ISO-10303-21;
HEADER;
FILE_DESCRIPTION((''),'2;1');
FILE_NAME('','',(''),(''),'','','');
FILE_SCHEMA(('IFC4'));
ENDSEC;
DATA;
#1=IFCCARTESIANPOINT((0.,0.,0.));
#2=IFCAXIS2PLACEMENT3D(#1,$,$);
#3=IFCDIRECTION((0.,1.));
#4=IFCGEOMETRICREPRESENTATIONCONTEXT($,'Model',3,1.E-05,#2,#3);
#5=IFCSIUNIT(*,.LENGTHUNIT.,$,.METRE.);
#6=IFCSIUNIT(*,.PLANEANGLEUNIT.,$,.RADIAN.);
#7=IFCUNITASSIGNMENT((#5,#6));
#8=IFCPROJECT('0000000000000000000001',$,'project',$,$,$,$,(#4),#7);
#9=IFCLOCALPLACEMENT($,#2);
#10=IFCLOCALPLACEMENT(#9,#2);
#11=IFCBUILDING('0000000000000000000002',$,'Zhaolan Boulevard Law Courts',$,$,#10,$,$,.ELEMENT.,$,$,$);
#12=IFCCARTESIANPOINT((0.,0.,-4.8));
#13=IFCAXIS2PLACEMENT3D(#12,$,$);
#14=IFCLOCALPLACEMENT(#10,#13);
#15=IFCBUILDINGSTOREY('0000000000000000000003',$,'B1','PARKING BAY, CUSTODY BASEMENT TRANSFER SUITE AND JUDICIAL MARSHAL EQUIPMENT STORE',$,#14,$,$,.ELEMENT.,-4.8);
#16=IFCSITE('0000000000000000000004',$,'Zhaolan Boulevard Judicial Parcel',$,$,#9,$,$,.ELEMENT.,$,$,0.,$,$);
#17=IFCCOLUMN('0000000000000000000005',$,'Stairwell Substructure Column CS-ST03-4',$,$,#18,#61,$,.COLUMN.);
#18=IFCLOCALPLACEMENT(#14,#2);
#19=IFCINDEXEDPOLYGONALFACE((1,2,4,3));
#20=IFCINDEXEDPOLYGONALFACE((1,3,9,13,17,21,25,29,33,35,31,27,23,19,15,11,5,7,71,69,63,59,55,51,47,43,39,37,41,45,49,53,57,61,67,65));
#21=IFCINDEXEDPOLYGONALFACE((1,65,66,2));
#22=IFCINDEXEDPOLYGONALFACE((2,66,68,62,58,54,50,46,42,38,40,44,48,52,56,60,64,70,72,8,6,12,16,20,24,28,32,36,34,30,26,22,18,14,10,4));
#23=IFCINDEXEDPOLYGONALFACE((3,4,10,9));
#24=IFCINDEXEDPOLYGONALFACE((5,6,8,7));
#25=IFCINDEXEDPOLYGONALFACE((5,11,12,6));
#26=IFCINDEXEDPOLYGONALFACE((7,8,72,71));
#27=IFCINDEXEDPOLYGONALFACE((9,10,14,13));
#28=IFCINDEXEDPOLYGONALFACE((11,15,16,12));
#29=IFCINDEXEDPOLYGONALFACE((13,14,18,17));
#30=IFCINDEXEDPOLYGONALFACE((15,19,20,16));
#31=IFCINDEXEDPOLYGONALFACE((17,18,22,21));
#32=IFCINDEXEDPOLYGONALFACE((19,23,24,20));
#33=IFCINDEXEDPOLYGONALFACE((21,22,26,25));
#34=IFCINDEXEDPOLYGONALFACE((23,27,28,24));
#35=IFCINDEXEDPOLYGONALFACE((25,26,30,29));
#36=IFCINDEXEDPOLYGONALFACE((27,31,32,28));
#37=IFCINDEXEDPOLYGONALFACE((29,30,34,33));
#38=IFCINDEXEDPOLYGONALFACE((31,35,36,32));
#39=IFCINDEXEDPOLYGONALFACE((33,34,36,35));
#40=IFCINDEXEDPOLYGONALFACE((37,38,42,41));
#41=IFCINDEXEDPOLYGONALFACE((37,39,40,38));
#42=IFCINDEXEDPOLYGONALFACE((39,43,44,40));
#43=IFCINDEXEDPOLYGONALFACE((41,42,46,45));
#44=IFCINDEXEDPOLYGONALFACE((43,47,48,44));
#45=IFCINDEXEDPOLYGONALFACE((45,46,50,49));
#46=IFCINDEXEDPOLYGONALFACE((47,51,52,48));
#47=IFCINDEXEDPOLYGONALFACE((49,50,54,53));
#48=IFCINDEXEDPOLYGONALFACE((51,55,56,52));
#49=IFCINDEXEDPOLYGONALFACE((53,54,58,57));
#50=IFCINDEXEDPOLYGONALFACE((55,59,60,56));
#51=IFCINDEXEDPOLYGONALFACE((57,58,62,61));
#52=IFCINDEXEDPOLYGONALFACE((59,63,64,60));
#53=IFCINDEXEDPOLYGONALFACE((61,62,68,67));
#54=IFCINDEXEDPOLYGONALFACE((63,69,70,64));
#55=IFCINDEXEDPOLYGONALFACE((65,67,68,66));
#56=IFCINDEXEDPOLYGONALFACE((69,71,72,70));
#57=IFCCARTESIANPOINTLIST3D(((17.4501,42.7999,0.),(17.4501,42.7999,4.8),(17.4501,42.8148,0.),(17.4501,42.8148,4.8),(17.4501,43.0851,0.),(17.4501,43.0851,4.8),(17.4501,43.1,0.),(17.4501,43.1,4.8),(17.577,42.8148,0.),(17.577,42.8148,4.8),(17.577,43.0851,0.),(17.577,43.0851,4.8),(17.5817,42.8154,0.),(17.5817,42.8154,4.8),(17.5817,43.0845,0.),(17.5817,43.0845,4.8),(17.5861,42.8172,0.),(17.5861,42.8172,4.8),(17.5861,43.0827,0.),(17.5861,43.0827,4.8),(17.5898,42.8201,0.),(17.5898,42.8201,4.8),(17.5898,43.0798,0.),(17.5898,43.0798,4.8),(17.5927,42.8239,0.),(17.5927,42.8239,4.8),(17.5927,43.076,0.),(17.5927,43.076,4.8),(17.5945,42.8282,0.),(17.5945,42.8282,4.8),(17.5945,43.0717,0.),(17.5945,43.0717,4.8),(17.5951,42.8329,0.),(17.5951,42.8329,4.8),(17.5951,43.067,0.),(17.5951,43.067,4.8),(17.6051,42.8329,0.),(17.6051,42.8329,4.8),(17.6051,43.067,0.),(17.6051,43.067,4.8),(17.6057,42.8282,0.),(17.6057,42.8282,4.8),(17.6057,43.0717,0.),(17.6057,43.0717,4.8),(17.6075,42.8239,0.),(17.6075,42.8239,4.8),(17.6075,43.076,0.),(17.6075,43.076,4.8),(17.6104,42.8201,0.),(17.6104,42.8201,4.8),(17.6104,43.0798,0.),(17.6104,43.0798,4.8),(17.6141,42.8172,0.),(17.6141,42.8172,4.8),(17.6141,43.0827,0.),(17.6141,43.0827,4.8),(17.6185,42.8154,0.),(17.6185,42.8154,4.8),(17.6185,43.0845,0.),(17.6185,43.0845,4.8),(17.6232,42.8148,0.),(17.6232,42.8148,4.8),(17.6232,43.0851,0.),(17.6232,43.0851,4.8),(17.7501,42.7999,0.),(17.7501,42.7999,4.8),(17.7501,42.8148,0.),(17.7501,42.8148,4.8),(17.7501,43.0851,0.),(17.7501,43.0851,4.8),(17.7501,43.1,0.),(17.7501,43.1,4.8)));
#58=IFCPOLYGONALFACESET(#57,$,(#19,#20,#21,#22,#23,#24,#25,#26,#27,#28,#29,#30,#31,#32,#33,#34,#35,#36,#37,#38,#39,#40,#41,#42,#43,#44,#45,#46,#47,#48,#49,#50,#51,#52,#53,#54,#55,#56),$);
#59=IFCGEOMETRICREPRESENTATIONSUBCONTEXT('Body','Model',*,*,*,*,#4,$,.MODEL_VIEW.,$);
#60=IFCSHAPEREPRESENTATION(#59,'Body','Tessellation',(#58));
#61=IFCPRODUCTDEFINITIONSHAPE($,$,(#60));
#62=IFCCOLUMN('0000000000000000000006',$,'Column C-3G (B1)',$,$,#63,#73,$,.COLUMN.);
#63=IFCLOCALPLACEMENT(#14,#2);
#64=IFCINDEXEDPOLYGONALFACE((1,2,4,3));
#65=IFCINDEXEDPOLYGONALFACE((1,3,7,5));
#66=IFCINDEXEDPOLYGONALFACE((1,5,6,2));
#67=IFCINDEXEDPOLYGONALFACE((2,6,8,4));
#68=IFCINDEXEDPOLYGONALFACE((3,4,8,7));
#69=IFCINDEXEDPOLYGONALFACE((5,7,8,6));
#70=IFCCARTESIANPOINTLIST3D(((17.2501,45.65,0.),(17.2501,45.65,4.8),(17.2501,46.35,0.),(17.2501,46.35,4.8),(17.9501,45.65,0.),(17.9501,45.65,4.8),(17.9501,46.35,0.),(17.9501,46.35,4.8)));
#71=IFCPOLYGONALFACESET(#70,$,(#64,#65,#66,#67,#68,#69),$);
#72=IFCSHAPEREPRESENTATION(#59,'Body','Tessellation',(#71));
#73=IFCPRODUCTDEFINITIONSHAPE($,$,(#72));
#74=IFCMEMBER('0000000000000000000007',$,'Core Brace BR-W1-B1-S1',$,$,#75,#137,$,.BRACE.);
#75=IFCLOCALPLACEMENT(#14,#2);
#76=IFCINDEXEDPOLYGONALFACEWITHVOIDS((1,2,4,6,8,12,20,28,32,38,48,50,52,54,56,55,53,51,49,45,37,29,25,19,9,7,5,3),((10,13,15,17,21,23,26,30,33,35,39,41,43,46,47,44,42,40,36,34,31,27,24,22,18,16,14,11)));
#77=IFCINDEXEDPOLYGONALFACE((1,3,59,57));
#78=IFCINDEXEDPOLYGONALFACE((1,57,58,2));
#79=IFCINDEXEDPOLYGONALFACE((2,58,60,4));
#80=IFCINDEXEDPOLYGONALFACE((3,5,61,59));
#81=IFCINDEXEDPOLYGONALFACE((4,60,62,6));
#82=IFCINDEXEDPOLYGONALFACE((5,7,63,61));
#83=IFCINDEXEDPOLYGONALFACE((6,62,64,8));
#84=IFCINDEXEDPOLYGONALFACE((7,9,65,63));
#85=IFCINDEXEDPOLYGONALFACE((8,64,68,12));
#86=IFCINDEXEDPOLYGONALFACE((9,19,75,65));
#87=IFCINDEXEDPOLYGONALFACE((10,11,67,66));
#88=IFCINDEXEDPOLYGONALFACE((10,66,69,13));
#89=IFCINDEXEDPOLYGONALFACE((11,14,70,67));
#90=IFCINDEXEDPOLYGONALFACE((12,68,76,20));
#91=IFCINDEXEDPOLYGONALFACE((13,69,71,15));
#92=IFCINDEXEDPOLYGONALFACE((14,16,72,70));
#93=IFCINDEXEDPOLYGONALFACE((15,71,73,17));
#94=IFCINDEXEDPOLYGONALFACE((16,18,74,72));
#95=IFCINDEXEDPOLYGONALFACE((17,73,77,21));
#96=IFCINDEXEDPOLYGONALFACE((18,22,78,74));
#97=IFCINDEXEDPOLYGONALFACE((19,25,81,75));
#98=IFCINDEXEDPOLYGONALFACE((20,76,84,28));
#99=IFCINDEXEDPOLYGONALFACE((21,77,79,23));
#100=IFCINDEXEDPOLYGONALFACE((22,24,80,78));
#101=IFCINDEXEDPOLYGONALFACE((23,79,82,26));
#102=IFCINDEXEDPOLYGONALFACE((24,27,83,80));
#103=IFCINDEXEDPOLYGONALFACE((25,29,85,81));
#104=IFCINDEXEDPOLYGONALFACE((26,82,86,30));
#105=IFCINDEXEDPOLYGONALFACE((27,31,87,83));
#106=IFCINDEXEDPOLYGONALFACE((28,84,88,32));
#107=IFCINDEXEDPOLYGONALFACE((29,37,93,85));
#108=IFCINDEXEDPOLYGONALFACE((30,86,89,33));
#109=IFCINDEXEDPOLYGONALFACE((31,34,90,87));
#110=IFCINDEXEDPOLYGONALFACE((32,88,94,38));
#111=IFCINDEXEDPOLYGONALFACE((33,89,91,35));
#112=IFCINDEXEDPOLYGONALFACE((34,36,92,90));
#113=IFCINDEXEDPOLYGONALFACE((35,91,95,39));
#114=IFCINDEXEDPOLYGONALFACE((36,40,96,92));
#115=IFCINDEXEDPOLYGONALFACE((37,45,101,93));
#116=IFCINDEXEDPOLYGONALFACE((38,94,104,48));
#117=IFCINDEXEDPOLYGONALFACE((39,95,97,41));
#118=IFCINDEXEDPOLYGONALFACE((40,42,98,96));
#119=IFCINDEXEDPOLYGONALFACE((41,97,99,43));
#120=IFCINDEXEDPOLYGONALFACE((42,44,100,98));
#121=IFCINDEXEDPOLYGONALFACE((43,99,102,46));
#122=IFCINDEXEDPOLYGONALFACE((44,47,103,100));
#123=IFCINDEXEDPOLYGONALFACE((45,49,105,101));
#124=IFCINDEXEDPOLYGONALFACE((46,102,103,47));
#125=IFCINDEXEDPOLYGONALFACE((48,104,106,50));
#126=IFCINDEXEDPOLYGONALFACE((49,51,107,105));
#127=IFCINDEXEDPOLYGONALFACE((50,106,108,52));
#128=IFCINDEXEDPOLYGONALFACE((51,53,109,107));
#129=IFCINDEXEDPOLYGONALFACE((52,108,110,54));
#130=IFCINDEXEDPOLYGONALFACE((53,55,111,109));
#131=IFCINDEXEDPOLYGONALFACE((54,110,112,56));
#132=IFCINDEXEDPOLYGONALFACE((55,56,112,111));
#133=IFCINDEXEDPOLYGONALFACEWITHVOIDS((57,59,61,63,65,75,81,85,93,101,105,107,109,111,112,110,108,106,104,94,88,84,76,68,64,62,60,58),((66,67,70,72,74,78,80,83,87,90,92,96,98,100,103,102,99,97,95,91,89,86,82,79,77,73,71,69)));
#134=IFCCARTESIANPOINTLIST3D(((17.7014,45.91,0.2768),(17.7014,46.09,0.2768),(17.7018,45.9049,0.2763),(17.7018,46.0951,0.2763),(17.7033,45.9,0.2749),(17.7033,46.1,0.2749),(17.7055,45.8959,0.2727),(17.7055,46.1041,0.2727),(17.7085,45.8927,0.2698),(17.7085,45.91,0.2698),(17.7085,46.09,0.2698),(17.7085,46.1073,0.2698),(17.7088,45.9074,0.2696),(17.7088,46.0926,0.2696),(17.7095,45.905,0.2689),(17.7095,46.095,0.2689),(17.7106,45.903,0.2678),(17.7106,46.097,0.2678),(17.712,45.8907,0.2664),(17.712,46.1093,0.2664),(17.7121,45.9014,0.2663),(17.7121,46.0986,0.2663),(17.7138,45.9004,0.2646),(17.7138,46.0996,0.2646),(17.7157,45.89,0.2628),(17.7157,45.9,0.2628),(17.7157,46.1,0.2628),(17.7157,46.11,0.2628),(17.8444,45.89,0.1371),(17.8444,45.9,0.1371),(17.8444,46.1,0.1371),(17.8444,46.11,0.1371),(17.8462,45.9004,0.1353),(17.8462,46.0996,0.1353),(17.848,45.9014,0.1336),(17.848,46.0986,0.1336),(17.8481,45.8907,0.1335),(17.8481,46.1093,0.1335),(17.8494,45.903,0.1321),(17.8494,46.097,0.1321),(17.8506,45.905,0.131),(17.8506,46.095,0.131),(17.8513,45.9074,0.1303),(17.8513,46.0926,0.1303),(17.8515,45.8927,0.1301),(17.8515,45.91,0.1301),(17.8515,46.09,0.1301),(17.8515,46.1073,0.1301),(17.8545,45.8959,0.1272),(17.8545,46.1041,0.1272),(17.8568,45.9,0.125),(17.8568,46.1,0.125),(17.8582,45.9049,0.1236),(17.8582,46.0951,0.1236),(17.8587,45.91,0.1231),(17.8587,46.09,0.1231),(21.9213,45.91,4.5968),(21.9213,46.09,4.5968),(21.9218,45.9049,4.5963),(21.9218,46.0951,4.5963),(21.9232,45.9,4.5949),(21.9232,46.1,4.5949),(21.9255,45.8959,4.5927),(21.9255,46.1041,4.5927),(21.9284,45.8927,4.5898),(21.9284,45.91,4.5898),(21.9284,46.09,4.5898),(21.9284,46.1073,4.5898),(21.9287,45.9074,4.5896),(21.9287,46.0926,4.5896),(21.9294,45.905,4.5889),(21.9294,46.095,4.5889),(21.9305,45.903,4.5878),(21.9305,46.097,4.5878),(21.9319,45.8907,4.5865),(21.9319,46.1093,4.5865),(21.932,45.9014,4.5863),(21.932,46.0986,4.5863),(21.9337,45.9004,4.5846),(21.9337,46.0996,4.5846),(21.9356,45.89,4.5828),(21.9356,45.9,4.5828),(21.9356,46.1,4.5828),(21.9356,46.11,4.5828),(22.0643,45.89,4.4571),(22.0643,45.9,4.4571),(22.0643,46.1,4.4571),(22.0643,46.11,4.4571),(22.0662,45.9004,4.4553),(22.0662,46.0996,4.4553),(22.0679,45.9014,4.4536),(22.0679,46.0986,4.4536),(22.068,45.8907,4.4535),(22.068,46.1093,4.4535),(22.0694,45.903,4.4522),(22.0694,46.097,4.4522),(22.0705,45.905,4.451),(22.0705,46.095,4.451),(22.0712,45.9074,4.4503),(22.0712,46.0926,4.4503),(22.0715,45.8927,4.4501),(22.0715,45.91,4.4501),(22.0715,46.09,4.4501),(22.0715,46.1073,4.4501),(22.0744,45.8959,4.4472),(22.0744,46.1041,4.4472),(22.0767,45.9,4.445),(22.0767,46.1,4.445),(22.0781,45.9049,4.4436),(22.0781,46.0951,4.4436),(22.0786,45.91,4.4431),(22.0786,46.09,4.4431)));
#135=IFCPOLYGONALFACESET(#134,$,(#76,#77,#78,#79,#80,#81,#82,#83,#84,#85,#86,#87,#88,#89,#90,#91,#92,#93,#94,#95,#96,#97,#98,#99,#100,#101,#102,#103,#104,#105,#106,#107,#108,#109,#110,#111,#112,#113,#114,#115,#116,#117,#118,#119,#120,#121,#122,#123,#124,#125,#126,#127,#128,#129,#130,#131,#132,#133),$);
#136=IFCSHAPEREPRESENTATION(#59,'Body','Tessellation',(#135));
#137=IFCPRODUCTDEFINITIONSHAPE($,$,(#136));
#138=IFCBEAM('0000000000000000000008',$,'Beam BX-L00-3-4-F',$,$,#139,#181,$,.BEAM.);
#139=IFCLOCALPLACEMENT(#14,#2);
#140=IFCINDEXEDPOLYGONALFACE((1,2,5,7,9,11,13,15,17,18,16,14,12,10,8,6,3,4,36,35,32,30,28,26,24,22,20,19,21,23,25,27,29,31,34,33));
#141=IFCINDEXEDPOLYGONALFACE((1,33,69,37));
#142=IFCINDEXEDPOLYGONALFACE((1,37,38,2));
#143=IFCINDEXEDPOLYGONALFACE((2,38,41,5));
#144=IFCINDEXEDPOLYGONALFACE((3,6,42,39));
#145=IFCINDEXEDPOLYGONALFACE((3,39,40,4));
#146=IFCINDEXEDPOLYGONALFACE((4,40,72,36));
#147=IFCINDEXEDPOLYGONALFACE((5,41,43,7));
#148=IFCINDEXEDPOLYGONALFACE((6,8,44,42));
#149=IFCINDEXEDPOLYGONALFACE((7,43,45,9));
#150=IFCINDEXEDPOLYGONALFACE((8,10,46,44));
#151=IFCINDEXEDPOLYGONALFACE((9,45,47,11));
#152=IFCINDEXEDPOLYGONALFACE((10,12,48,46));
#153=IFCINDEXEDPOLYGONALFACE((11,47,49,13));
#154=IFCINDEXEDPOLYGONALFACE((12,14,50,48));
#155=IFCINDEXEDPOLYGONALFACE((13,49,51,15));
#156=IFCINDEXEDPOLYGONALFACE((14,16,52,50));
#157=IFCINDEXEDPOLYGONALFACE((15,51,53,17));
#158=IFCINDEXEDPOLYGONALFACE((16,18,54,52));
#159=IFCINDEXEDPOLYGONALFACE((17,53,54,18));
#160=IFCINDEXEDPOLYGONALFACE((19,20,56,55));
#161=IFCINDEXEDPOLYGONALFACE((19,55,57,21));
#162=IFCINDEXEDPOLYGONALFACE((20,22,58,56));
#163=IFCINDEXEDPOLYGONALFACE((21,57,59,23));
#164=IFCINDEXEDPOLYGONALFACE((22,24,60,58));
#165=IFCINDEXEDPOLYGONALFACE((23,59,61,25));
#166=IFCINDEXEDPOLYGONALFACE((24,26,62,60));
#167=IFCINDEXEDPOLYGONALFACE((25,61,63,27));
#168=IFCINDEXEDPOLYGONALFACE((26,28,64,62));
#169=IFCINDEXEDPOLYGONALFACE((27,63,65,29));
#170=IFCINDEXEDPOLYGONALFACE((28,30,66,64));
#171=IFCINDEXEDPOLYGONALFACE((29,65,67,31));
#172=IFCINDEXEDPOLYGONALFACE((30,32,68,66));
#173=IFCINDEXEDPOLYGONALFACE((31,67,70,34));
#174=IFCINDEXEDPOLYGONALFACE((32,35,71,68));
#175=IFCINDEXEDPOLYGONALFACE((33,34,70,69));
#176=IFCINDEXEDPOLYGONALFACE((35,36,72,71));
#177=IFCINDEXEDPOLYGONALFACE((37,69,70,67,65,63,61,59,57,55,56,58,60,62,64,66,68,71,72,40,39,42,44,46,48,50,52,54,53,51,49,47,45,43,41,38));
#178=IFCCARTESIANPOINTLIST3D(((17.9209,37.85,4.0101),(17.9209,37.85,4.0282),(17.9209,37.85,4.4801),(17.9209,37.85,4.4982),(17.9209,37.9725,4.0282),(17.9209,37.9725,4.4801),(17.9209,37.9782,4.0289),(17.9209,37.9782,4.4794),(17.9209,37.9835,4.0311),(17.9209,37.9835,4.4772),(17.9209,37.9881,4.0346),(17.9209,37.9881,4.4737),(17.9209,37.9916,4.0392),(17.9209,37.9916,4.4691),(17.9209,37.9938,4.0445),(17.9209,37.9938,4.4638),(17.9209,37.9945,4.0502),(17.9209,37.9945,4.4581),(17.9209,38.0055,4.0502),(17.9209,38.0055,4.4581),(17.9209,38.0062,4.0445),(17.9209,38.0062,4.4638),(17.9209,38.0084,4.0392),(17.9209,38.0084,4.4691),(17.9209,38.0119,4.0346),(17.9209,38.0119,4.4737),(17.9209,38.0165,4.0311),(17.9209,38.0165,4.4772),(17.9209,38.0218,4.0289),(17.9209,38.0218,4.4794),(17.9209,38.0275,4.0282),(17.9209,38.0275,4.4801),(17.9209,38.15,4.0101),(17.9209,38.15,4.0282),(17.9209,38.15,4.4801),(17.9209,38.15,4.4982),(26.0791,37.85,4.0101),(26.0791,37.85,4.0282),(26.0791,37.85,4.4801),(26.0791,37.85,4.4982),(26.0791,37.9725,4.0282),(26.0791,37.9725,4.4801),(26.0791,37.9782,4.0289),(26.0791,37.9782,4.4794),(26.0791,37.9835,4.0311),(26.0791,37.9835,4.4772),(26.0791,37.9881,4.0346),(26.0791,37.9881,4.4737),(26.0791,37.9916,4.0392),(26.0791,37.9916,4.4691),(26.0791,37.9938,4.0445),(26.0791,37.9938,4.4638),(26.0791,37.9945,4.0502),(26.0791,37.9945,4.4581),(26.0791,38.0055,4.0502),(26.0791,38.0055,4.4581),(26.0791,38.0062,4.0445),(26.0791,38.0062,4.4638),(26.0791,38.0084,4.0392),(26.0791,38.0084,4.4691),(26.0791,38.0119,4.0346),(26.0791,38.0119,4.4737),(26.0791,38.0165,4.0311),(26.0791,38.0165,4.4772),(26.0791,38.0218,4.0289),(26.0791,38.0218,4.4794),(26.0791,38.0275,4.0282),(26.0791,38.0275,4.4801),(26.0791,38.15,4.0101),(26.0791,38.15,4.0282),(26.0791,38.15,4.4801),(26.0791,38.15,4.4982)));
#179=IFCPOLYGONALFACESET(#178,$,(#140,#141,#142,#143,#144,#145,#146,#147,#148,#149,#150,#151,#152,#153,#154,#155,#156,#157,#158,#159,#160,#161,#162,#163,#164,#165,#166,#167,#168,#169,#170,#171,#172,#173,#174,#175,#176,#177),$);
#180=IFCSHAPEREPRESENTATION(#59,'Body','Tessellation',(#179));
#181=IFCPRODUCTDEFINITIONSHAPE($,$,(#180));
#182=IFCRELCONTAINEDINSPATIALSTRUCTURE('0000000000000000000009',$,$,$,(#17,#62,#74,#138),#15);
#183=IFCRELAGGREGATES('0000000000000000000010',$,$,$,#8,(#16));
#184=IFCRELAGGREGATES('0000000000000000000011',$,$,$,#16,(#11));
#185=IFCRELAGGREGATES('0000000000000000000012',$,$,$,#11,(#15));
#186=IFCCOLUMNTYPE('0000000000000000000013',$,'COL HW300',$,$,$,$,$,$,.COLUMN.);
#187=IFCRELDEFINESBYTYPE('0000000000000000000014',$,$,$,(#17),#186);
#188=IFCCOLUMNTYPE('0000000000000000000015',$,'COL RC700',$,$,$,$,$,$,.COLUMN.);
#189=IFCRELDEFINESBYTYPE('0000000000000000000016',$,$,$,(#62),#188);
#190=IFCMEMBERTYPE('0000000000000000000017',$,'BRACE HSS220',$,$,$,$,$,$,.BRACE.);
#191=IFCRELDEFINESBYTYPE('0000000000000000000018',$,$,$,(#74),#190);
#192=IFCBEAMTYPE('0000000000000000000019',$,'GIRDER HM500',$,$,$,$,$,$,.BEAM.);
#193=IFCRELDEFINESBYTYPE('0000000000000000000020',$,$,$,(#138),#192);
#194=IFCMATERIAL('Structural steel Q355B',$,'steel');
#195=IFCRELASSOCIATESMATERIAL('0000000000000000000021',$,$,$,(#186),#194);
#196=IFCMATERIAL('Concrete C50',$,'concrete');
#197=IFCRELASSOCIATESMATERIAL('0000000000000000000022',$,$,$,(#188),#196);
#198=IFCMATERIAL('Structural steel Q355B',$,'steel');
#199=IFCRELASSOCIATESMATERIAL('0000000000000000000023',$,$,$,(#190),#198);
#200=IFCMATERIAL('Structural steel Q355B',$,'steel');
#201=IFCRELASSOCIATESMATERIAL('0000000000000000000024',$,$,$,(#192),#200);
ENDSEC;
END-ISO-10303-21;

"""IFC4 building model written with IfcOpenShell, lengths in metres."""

from ifc_helpers import new_model, si_unit, direction, frame, origin, origin_2d, place, context, subcontext, project, spatial, rectangle, hollow_rectangle, i_section, extrude, material, material_profile, profile_set, type_object, element, save


model = new_model("IFC4")

# Units and contexts
model_context = context("Model", 3, precision=1e-05, world=origin(), true_north=direction((0.0, 1.0)))
body_context = subcontext(model_context, "Body", "Model", "MODEL_VIEW")
ifc_project = project(units=[si_unit("LENGTHUNIT", "METRE"), si_unit("PLANEANGLEUNIT", "RADIAN")], contexts=[model_context])

# Site, building, storey
site_placement = place(None, origin())
site = spatial("IfcSite", under=ifc_project, at=site_placement, Name="Zhaolan Boulevard Judicial Parcel", CompositionType="ELEMENT", RefElevation=0.0)
building_placement = place(site_placement, origin())
building = spatial("IfcBuilding", under=site, at=building_placement, Name="Zhaolan Boulevard Law Courts", CompositionType="ELEMENT")
storey_placement = place(building_placement, frame((0.0, 0.0, -4.8)))
storey = spatial("IfcBuildingStorey", under=building, at=storey_placement, Name="B1", Description="PARKING BAY, CUSTODY BASEMENT TRANSFER SUITE AND JUDICIAL MARSHAL EQUIPMENT STORE", CompositionType="ELEMENT", Elevation=-4.8)

# Columns
ifc_material_1 = material(Name="Structural steel Q355B", Category="steel")
ifc_material_profile_1 = material_profile(ifc_material_1, i_section(OverallWidth=0.3, OverallDepth=0.3, WebThickness=0.01, FlangeThickness=0.0149, FilletRadius=0.0181, at=origin_2d()), Name="HW300x300")
ifc_profile_set_1 = profile_set([ifc_material_profile_1], Name="Structural steel Q355B")
column_type_1 = type_object("IfcColumnType", Name="COL HW300", PredefinedType="COLUMN", material=ifc_profile_set_1)
column_1_placement = place(storey_placement, frame((17.6001, 42.95, 0.0), z_axis=(0.0, 0.0, 1.0), x_axis=(1.0, 0.0, 0.0)))
element("IfcColumn", 1, at=column_1_placement, inside=storey, type_object=column_type_1, Name="Stairwell Substructure Column CS-ST03-4", PredefinedType="COLUMN", context=body_context, shape_type="SweptSolid", body=[
    extrude(i_section(OverallWidth=0.3, OverallDepth=0.3, WebThickness=0.01, FlangeThickness=0.0149, FilletRadius=0.0181, at=origin_2d()), origin(), (0.0, 0.0, 1.0), 4.8),
])
ifc_material_2 = material(Name="Concrete C50", Category="concrete")
ifc_material_profile_2 = material_profile(ifc_material_2, rectangle(XDim=0.7, YDim=0.7, at=origin_2d()), Name="RC700x700")
ifc_profile_set_2 = profile_set([ifc_material_profile_2], Name="Concrete C50")
column_type_2 = type_object("IfcColumnType", Name="COL RC700", PredefinedType="COLUMN", material=ifc_profile_set_2)
column_2_placement = place(storey_placement, frame((17.6001, 46.0, 0.0), z_axis=(0.0, 0.0, 1.0), x_axis=(1.0, 0.0, 0.0)))
element("IfcColumn", 2, at=column_2_placement, inside=storey, type_object=column_type_2, Name="Column C-3G (B1)", PredefinedType="COLUMN", context=body_context, shape_type="SweptSolid", body=[
    extrude(rectangle(XDim=0.7, YDim=0.7, at=origin_2d()), origin(), (0.0, 0.0, 1.0), 4.8),
])

# Member
ifc_material_3 = material(Name="Structural steel Q355B", Category="steel")
ifc_material_profile_3 = material_profile(ifc_material_3, hollow_rectangle(XDim=0.22, YDim=0.22, WallThickness=0.01, InnerFilletRadius=0.01, OuterFilletRadius=0.02, at=origin_2d()), Name="HSS220x220x10")
ifc_profile_set_3 = profile_set([ifc_material_profile_3], Name="Structural steel Q355B")
member_type = type_object("IfcMemberType", Name="BRACE HSS220", PredefinedType="BRACE", material=ifc_profile_set_3)
member_placement = place(storey_placement, frame((17.78, 46.0, 0.2), z_axis=(0.698771, 0.0, 0.715346), x_axis=(0.0, 1.0, 0.0)))
element("IfcMember", 3, at=member_placement, inside=storey, type_object=member_type, Name="Core Brace BR-W1-B1-S1", PredefinedType="BRACE", context=body_context, shape_type="SweptSolid", body=[
    extrude(hollow_rectangle(XDim=0.22, YDim=0.22, WallThickness=0.01, InnerFilletRadius=0.01, OuterFilletRadius=0.02, at=origin_2d()), origin(), (0.0, 0.0, 1.0), 6.0391),
])

# Beam
ifc_material_4 = material(Name="Structural steel Q355B", Category="steel")
ifc_material_profile_4 = material_profile(ifc_material_4, i_section(OverallWidth=0.3, OverallDepth=0.488, WebThickness=0.011, FlangeThickness=0.0181, FilletRadius=0.022, at=origin_2d()), Name="HM488x300")
ifc_profile_set_4 = profile_set([ifc_material_profile_4], Name="Structural steel Q355B")
beam_type_1 = type_object("IfcBeamType", Name="GIRDER HM500", PredefinedType="BEAM", material=ifc_profile_set_4)
beam_1_placement = place(storey_placement, frame((17.9209, 38.0, 4.2542), z_axis=(1.0, 0.0, 0.0), x_axis=(0.0, 1.0, 0.0)))
element("IfcBeam", 4, at=beam_1_placement, inside=storey, type_object=beam_type_1, Name="Beam BX-L00-3-4-F", PredefinedType="BEAM", context=body_context, shape_type="SweptSolid", body=[
    extrude(i_section(OverallWidth=0.3, OverallDepth=0.488, WebThickness=0.011, FlangeThickness=0.0181, FilletRadius=0.022, at=origin_2d()), origin(), (0.0, 0.0, 1.0), 8.1582),
])

save(model, "model.ifc")
